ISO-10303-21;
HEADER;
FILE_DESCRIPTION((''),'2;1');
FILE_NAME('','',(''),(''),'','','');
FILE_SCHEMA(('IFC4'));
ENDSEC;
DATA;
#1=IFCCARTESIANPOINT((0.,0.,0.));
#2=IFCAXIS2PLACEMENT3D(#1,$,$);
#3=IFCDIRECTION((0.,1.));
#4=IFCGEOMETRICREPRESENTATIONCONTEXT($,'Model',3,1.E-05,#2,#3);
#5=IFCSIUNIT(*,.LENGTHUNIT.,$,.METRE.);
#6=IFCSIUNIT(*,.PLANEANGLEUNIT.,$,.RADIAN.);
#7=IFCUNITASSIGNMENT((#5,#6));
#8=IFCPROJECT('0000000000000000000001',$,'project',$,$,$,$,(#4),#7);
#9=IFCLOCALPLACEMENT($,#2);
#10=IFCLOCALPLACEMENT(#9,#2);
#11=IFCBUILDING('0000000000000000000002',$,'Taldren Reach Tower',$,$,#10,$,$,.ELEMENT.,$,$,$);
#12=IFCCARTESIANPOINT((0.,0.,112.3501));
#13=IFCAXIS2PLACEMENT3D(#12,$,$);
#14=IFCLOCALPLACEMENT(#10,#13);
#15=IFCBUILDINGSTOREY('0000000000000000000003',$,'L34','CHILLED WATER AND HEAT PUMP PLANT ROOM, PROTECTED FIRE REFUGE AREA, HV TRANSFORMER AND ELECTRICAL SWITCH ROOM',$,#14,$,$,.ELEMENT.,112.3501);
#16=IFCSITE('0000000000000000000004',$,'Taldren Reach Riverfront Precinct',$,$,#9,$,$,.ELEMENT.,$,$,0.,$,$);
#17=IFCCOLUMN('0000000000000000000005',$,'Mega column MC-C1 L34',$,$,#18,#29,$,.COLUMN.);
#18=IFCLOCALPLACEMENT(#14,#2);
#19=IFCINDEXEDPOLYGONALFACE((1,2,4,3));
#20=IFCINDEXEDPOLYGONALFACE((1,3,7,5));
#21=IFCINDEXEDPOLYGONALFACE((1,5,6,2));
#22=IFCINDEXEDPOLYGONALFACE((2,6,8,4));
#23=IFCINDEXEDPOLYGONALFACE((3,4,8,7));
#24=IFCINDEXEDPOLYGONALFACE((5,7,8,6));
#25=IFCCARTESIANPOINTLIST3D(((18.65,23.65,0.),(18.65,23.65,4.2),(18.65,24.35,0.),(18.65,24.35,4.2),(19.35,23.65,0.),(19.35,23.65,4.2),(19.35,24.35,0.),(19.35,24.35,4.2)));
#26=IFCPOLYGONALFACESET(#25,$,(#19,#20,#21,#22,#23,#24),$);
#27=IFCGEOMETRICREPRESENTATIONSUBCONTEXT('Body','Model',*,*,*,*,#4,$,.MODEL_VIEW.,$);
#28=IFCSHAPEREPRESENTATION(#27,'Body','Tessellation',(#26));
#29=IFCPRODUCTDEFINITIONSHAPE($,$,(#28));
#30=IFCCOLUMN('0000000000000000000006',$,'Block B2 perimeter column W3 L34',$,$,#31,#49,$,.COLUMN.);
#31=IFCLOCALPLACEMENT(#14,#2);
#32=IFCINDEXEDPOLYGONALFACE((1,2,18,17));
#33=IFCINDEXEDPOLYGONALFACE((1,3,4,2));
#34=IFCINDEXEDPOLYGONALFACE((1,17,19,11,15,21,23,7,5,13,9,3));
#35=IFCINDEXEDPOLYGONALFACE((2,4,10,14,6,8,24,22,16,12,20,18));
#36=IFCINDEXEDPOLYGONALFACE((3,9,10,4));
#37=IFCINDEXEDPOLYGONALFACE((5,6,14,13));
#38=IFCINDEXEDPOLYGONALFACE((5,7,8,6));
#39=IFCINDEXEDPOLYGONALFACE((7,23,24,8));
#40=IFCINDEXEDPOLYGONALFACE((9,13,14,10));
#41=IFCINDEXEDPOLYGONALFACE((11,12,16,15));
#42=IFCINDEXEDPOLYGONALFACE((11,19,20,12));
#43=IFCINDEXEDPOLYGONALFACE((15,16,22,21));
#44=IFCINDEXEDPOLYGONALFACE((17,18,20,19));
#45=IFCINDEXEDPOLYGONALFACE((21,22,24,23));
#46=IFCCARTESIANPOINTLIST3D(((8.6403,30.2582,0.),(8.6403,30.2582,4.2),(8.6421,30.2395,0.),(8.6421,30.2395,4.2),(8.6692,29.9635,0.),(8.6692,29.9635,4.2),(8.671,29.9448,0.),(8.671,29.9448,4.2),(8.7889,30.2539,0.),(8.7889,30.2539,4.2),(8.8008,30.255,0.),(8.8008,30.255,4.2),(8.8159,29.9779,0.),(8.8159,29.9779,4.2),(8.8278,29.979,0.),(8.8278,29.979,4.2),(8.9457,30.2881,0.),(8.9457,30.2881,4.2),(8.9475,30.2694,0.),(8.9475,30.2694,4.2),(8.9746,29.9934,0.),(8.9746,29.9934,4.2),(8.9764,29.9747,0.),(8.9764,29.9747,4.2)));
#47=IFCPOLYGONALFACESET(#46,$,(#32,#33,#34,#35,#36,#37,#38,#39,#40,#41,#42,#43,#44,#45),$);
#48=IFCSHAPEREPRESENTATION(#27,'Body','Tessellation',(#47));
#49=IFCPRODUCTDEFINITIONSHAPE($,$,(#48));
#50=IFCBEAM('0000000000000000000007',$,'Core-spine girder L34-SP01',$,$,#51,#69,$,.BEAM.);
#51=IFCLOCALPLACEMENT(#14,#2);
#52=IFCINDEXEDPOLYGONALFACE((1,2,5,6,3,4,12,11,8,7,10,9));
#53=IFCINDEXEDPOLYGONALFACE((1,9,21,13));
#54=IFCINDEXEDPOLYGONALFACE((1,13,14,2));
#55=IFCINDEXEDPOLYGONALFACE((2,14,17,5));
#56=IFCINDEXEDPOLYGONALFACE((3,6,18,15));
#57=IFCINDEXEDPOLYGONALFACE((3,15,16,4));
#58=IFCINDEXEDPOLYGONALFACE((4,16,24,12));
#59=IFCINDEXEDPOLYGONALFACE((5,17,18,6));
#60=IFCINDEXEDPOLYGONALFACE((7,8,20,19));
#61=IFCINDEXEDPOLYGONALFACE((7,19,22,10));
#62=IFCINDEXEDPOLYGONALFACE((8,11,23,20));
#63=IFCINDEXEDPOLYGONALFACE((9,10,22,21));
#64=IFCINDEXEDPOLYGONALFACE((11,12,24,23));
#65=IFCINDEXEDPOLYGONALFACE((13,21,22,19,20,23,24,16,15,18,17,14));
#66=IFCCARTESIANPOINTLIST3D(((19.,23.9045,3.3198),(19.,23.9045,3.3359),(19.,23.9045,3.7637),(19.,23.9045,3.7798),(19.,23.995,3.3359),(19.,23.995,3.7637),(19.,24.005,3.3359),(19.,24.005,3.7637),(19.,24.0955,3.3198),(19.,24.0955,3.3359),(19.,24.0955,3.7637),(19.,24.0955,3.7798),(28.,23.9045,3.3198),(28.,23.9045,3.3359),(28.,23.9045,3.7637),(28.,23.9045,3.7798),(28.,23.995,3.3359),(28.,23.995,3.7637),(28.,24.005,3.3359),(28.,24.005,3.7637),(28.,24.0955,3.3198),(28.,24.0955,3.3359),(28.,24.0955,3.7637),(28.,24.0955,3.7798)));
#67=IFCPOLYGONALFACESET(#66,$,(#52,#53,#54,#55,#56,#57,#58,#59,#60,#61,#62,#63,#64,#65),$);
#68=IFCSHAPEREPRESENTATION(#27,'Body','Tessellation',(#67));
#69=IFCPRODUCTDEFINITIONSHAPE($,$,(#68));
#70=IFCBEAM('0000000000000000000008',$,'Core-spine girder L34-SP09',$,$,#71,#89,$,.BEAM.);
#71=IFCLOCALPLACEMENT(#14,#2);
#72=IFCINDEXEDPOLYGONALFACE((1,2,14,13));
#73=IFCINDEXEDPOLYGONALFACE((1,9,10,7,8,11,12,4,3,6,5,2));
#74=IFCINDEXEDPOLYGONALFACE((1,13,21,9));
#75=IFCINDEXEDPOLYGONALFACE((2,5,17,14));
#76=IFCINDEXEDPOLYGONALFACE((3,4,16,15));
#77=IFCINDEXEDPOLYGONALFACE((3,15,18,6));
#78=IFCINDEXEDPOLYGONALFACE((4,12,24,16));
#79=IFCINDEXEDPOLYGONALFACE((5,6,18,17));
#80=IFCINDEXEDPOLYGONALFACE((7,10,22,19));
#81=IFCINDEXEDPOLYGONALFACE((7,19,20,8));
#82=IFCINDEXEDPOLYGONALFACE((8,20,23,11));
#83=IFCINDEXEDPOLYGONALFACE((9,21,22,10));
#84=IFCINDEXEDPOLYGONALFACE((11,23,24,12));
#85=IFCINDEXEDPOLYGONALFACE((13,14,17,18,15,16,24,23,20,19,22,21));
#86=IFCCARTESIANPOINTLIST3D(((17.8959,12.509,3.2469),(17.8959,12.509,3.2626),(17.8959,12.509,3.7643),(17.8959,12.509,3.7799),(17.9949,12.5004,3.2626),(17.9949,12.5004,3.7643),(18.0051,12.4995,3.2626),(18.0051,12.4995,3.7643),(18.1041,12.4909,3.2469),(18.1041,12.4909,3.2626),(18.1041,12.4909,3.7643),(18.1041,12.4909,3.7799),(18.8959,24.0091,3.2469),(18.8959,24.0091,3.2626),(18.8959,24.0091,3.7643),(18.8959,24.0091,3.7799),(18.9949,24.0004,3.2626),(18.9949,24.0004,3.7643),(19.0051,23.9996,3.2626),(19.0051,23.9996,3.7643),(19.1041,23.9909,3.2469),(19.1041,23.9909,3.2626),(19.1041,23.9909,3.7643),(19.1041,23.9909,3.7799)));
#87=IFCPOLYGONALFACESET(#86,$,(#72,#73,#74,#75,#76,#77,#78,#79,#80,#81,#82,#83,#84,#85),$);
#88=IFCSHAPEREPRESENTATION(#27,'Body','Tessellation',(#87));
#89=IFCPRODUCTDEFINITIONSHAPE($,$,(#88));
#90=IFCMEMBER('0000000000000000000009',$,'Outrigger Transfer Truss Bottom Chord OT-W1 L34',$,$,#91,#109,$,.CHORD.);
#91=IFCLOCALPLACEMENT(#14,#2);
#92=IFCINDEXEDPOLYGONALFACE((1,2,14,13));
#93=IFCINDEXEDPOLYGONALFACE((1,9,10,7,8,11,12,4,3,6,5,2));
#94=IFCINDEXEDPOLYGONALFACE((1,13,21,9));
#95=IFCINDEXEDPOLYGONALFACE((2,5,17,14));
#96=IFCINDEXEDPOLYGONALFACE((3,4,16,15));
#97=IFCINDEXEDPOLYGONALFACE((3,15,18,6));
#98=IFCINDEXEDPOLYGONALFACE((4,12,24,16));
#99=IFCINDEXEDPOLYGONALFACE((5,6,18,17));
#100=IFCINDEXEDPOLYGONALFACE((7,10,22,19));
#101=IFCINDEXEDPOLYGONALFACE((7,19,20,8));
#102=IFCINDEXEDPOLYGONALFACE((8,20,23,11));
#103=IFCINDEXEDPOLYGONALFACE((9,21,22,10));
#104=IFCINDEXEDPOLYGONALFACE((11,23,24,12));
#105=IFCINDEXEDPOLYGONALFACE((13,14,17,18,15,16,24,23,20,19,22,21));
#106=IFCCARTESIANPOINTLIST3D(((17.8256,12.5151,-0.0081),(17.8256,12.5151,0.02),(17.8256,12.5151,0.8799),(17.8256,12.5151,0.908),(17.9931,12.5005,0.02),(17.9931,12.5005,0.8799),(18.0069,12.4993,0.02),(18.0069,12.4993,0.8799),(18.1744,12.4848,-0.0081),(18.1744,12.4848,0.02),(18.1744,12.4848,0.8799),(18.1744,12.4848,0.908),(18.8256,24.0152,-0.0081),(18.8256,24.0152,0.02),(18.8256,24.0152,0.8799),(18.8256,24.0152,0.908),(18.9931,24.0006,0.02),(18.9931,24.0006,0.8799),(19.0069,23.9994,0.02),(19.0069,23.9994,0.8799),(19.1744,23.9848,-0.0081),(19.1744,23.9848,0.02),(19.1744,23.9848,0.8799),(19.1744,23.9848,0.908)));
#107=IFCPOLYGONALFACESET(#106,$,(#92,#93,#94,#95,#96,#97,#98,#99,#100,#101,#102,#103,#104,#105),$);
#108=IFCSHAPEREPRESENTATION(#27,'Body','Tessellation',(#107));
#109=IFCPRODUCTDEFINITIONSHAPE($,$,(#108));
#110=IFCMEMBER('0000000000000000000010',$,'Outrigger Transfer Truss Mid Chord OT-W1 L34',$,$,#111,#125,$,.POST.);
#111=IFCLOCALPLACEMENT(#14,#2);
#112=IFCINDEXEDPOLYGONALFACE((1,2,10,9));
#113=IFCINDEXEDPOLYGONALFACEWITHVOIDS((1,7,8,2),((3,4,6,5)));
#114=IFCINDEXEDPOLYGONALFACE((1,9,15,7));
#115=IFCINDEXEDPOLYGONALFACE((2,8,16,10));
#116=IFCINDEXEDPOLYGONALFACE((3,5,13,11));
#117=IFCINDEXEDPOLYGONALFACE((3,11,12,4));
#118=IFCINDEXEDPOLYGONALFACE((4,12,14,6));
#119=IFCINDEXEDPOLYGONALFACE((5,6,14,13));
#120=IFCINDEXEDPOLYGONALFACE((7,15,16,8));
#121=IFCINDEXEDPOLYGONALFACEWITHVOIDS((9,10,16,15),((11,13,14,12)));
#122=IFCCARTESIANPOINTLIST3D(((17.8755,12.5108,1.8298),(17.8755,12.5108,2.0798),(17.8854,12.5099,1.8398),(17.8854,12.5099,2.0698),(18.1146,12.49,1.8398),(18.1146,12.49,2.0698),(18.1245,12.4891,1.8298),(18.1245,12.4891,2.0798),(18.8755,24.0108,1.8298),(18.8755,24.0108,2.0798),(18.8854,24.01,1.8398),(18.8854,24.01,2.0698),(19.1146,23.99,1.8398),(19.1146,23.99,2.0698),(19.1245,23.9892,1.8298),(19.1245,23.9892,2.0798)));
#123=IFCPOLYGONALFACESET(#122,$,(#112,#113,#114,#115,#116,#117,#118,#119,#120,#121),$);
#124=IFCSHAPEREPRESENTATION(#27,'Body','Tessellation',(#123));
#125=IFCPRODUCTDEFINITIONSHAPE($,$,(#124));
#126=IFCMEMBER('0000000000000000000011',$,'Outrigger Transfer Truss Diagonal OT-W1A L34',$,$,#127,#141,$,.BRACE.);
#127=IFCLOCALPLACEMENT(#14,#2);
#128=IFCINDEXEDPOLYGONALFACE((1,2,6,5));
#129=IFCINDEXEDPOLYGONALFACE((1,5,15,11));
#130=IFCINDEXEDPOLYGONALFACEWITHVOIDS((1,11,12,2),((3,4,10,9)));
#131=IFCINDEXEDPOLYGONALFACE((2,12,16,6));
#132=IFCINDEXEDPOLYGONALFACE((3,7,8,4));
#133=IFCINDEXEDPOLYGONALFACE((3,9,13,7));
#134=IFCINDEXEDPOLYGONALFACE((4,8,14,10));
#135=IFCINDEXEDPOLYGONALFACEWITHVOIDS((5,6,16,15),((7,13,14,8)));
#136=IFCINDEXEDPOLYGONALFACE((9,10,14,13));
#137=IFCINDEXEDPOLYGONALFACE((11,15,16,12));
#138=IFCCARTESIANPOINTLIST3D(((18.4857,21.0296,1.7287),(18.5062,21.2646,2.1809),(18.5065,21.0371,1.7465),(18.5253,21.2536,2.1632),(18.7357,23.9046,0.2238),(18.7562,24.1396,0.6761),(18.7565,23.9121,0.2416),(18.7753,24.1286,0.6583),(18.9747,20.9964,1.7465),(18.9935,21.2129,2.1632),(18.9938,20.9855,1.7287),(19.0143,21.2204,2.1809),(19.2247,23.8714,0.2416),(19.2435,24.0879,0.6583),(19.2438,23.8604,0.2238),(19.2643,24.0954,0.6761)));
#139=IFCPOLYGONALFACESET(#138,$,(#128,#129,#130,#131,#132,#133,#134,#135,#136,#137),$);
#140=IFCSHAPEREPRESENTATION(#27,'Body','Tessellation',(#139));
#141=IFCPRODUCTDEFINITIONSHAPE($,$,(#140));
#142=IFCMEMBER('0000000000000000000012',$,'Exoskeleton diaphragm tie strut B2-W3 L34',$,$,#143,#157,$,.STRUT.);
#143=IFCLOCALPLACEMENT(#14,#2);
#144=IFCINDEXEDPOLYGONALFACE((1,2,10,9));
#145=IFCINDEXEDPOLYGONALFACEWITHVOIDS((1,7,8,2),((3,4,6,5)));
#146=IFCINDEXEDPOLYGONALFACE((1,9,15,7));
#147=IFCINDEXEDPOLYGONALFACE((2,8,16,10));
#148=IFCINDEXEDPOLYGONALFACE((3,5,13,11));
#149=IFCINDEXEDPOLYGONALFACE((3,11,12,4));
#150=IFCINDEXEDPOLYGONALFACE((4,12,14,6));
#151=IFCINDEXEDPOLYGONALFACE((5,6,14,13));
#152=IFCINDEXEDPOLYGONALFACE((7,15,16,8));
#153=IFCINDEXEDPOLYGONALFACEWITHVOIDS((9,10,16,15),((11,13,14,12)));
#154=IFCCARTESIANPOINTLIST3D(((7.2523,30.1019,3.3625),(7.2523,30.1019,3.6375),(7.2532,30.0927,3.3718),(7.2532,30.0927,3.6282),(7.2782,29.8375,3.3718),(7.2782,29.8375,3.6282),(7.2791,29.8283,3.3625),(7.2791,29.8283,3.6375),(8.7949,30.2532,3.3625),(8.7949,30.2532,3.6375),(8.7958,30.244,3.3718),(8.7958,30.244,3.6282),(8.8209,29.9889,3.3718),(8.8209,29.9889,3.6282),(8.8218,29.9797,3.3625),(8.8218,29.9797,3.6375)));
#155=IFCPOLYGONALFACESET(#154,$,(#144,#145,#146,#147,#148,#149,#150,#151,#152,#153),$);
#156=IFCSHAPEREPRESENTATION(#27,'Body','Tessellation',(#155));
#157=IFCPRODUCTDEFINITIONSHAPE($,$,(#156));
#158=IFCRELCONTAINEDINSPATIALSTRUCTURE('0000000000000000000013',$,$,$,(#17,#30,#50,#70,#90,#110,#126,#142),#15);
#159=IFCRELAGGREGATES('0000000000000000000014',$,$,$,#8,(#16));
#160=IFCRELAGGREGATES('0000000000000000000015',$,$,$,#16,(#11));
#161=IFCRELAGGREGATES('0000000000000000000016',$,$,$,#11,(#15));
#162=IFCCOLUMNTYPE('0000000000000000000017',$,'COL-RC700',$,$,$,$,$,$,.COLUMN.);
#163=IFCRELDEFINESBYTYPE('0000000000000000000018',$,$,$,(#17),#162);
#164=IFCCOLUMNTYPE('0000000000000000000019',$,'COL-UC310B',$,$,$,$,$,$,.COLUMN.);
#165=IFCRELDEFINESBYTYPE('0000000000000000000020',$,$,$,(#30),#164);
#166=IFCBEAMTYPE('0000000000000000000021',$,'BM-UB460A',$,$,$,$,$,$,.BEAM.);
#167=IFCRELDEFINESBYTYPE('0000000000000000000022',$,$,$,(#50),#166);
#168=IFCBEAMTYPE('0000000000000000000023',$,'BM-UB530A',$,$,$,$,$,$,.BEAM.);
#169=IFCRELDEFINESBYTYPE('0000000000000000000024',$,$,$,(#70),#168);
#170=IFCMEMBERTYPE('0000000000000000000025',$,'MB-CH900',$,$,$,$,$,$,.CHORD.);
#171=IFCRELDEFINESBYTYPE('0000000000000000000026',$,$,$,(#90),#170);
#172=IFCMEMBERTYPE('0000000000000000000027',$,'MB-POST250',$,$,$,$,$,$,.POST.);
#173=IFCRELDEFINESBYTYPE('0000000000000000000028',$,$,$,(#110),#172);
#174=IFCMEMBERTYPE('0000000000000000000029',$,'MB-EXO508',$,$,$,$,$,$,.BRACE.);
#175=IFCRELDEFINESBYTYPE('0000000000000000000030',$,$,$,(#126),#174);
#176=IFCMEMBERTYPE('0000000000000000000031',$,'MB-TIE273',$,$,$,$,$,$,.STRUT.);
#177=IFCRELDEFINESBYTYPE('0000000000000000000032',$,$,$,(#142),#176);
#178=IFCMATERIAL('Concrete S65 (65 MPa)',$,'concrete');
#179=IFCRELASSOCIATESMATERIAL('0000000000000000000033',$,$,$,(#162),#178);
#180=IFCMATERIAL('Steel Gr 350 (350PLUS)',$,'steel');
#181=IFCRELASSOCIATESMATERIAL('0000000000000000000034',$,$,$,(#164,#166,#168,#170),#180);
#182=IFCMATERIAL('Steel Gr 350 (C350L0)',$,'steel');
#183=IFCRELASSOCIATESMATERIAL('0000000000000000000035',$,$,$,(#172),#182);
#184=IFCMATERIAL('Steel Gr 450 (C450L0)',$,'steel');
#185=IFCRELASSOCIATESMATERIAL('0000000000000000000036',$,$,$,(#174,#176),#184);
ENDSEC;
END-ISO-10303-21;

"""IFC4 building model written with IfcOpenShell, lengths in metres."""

from ifc_helpers import new_model, si_unit, direction, frame, origin, origin_2d, place, context, subcontext, project, spatial, rectangle, hollow_rectangle, i_section, extrude, source, transform, mapped, material, material_profile, profile_set, type_object, element, save


model = new_model("IFC4")

# Units and contexts
model_context = context("Model", 3, precision=1e-05, world=origin(), true_north=direction((0.0, 1.0)))
body_context = subcontext(model_context, "Body", "Model", "MODEL_VIEW")
ifc_project = project(units=[si_unit("LENGTHUNIT", "METRE"), si_unit("PLANEANGLEUNIT", "RADIAN")], contexts=[model_context])

# Site, building, storey
site_placement = place(None, origin())
site = spatial("IfcSite", under=ifc_project, at=site_placement, Name="Taldren Reach Riverfront Precinct", CompositionType="ELEMENT", RefElevation=0.0)
building_placement = place(site_placement, origin())
building = spatial("IfcBuilding", under=site, at=building_placement, Name="Taldren Reach Tower", CompositionType="ELEMENT")
storey_placement = place(building_placement, frame((0.0, 0.0, 112.3501)))
storey = spatial("IfcBuildingStorey", under=building, at=storey_placement, Name="L34", Description="CHILLED WATER AND HEAT PUMP PLANT ROOM, PROTECTED FIRE REFUGE AREA, HV TRANSFORMER AND ELECTRICAL SWITCH ROOM", CompositionType="ELEMENT", Elevation=112.3501)

# Columns
ifc_material_1 = material(Name="Concrete S65 (65 MPa)", Category="concrete")
ifc_material_profile_1 = material_profile(ifc_material_1, rectangle(XDim=0.7, YDim=0.7, at=origin_2d()), Name="RC-700x700")
ifc_profile_set_1 = profile_set([ifc_material_profile_1], Name="Concrete S65 (65 MPa)")
column_type_1 = type_object("IfcColumnType", Name="COL-RC700", PredefinedType="COLUMN", material=ifc_profile_set_1)
shared_shape_1 = source(origin(), body_context, "Body", "SweptSolid", [
    extrude(rectangle(XDim=0.7, YDim=0.7, at=origin_2d()), origin(), (0.0, 0.0, 1.0), 4.2),
])
column_1_placement = place(storey_placement, frame((19.0, 24.0, 0.0), z_axis=(0.0, 0.0, 1.0), x_axis=(1.0, 0.0, 0.0)))
element("IfcColumn", 1, at=column_1_placement, inside=storey, type_object=column_type_1, Name="Mega column MC-C1 L34", PredefinedType="COLUMN", context=body_context, shape_type="MappedRepresentation", body=[
    mapped(shared_shape_1, transform((0.0, 0.0, 0.0), scale=1.0)),
])
ifc_material_2 = material(Name="Steel Gr 350 (350PLUS)", Category="steel")
ifc_material_profile_2 = material_profile(ifc_material_2, i_section(OverallWidth=0.3069, OverallDepth=0.3149, WebThickness=0.012, FlangeThickness=0.0188, at=origin_2d()), Name="310UC118")
ifc_profile_set_2 = profile_set([ifc_material_profile_2], Name="Steel Gr 350 (350PLUS)")
column_type_2 = type_object("IfcColumnType", Name="COL-UC310B", PredefinedType="COLUMN", material=ifc_profile_set_2)
shared_shape_2 = source(origin(), body_context, "Body", "SweptSolid", [
    extrude(i_section(OverallWidth=0.3069, OverallDepth=0.3149, WebThickness=0.012, FlangeThickness=0.0188, at=origin_2d()), origin(), (0.0, 0.0, 1.0), 4.2),
])
column_2_placement = place(storey_placement, frame((8.8083, 30.1165, 0.0), z_axis=(0.0, 0.0, 1.0), x_axis=(0.995227, 0.097583, 0.0)))
element("IfcColumn", 2, at=column_2_placement, inside=storey, type_object=column_type_2, Name="Block B2 perimeter column W3 L34", PredefinedType="COLUMN", context=body_context, shape_type="MappedRepresentation", body=[
    mapped(shared_shape_2, transform((0.0, 0.0, 0.0), scale=1.0)),
])

# Beams
ifc_material_profile_3 = material_profile(ifc_material_2, i_section(OverallWidth=0.1909, OverallDepth=0.46, WebThickness=0.01, FlangeThickness=0.0161, at=origin_2d()), Name="460UB82.1")
ifc_profile_set_3 = profile_set([ifc_material_profile_3], Name="Steel Gr 350 (350PLUS)")
beam_type_1 = type_object("IfcBeamType", Name="BM-UB460A", PredefinedType="BEAM", material=ifc_profile_set_3)
shared_shape_3 = source(origin(), body_context, "Body", "SweptSolid", [
    extrude(i_section(OverallWidth=0.1909, OverallDepth=0.46, WebThickness=0.01, FlangeThickness=0.0161, at=origin_2d()), origin(), (0.0, 0.0, 1.0), 9.0),
])
beam_1_placement = place(storey_placement, frame((19.0, 24.0, 3.5498), z_axis=(1.0, 0.0, 0.0), x_axis=(0.0, 1.0, 0.0)))
element("IfcBeam", 3, at=beam_1_placement, inside=storey, type_object=beam_type_1, Name="Core-spine girder L34-SP01", PredefinedType="BEAM", context=body_context, shape_type="MappedRepresentation", body=[
    mapped(shared_shape_3, transform((0.0, 0.0, 0.0), scale=1.0)),
])
ifc_material_profile_4 = material_profile(ifc_material_2, i_section(OverallWidth=0.209, OverallDepth=0.533, WebThickness=0.0103, FlangeThickness=0.0156, at=origin_2d()), Name="530UB92.4")
ifc_profile_set_4 = profile_set([ifc_material_profile_4], Name="Steel Gr 350 (350PLUS)")
beam_type_2 = type_object("IfcBeamType", Name="BM-UB530A", PredefinedType="BEAM", material=ifc_profile_set_4)
shared_shape_4 = source(origin(), body_context, "Body", "SweptSolid", [
    extrude(i_section(OverallWidth=0.209, OverallDepth=0.533, WebThickness=0.0103, FlangeThickness=0.0156, at=origin_2d()), origin(), (0.0, 0.0, 1.0), 11.5435),
])
beam_2_placement = place(storey_placement, frame((19.0, 24.0, 3.5134), z_axis=(-0.08663, -0.996241, 0.0), x_axis=(0.996241, -0.08663, 0.0)))
element("IfcBeam", 4, at=beam_2_placement, inside=storey, type_object=beam_type_2, Name="Core-spine girder L34-SP09", PredefinedType="BEAM", context=body_context, shape_type="MappedRepresentation", body=[
    mapped(shared_shape_4, transform((0.0, 0.0, 0.0), scale=1.0)),
])

# Members
ifc_material_profile_5 = material_profile(ifc_material_2, i_section(OverallWidth=0.3501, OverallDepth=0.916, WebThickness=0.0139, FlangeThickness=0.0281, at=origin_2d()), Name="900WB257")
ifc_profile_set_5 = profile_set([ifc_material_profile_5], Name="Steel Gr 350 (350PLUS)")
member_type_1 = type_object("IfcMemberType", Name="MB-CH900", PredefinedType="CHORD", material=ifc_profile_set_5)
shared_shape_5 = source(origin(), body_context, "Body", "SweptSolid", [
    extrude(i_section(OverallWidth=0.3501, OverallDepth=0.916, WebThickness=0.0139, FlangeThickness=0.0281, at=origin_2d()), origin(), (0.0, 0.0, 1.0), 11.5435),
])
member_1_placement = place(storey_placement, frame((19.0, 24.0, 0.45), z_axis=(-0.08663, -0.996241, 0.0), x_axis=(0.996241, -0.08663, 0.0)))
element("IfcMember", 5, at=member_1_placement, inside=storey, type_object=member_type_1, Name="Outrigger Transfer Truss Bottom Chord OT-W1 L34", PredefinedType="CHORD", context=body_context, shape_type="MappedRepresentation", body=[
    mapped(shared_shape_5, transform((0.0, 0.0, 0.0), scale=1.0)),
])
ifc_material_3 = material(Name="Steel Gr 350 (C350L0)", Category="steel")
ifc_material_profile_6 = material_profile(ifc_material_3, hollow_rectangle(XDim=0.25, YDim=0.25, WallThickness=0.01, at=origin_2d()), Name="250x250x10.0SHS")
ifc_profile_set_6 = profile_set([ifc_material_profile_6], Name="Steel Gr 350 (C350L0)")
member_type_2 = type_object("IfcMemberType", Name="MB-POST250", PredefinedType="POST", material=ifc_profile_set_6)
shared_shape_6 = source(origin(), body_context, "Body", "SweptSolid", [
    extrude(hollow_rectangle(XDim=0.25, YDim=0.25, WallThickness=0.01, at=origin_2d()), origin(), (0.0, 0.0, 1.0), 11.5435),
])
member_2_placement = place(storey_placement, frame((19.0, 24.0, 1.9548), z_axis=(-0.08663, -0.996241, 0.0), x_axis=(0.996241, -0.08663, 0.0)))
element("IfcMember", 6, at=member_2_placement, inside=storey, type_object=member_type_2, Name="Outrigger Transfer Truss Mid Chord OT-W1 L34", PredefinedType="POST", context=body_context, shape_type="MappedRepresentation", body=[
    mapped(shared_shape_6, transform((0.0, 0.0, 0.0), scale=1.0)),
])
ifc_material_4 = material(Name="Steel Gr 450 (C450L0)", Category="steel")
ifc_material_profile_7 = material_profile(ifc_material_4, hollow_rectangle(XDim=0.51, YDim=0.51, WallThickness=0.02, at=origin_2d()), Name="510x510x20.0SHS")
ifc_profile_set_7 = profile_set([ifc_material_profile_7], Name="Steel Gr 450 (C450L0)")
member_type_3 = type_object("IfcMemberType", Name="MB-EXO508", PredefinedType="BRACE", material=ifc_profile_set_7)
shared_shape_7 = source(origin(), body_context, "Body", "SweptSolid", [
    extrude(hollow_rectangle(XDim=0.51, YDim=0.51, WallThickness=0.02, at=origin_2d()), origin(), (0.0, 0.0, 1.0), 3.2546),
])
member_3_placement = place(storey_placement, frame((19.0, 24.0, 0.45), z_axis=(-0.076813, -0.883349, 0.462378), x_axis=(0.996241, -0.08663, 0.0)))
element("IfcMember", 7, at=member_3_placement, inside=storey, type_object=member_type_3, Name="Outrigger Transfer Truss Diagonal OT-W1A L34", PredefinedType="BRACE", context=body_context, shape_type="MappedRepresentation", body=[
    mapped(shared_shape_7, transform((0.0, 0.0, 0.0), scale=1.0)),
])
ifc_material_profile_8 = material_profile(ifc_material_4, hollow_rectangle(XDim=0.2749, YDim=0.2749, WallThickness=0.0093, at=origin_2d()), Name="275x275x9.3SHS")
ifc_profile_set_8 = profile_set([ifc_material_profile_8], Name="Steel Gr 450 (C450L0)")
member_type_4 = type_object("IfcMemberType", Name="MB-TIE273", PredefinedType="STRUT", material=ifc_profile_set_8)
shared_shape_8 = source(origin(), body_context, "Body", "SweptSolid", [
    extrude(hollow_rectangle(XDim=0.2749, YDim=0.2749, WallThickness=0.0093, at=origin_2d()), origin(), (0.0, 0.0, 1.0), 1.55),
])
member_4_placement = place(storey_placement, frame((8.8083, 30.1165, 3.5), z_axis=(-0.995221, -0.097648, 0.0), x_axis=(0.097648, -0.995221, 0.0)))
element("IfcMember", 8, at=member_4_placement, inside=storey, type_object=member_type_4, Name="Exoskeleton diaphragm tie strut B2-W3 L34", PredefinedType="STRUT", context=body_context, shape_type="MappedRepresentation", body=[
    mapped(shared_shape_8, transform((0.0, 0.0, 0.0), scale=1.0)),
])

save(model, "model.ifc")
